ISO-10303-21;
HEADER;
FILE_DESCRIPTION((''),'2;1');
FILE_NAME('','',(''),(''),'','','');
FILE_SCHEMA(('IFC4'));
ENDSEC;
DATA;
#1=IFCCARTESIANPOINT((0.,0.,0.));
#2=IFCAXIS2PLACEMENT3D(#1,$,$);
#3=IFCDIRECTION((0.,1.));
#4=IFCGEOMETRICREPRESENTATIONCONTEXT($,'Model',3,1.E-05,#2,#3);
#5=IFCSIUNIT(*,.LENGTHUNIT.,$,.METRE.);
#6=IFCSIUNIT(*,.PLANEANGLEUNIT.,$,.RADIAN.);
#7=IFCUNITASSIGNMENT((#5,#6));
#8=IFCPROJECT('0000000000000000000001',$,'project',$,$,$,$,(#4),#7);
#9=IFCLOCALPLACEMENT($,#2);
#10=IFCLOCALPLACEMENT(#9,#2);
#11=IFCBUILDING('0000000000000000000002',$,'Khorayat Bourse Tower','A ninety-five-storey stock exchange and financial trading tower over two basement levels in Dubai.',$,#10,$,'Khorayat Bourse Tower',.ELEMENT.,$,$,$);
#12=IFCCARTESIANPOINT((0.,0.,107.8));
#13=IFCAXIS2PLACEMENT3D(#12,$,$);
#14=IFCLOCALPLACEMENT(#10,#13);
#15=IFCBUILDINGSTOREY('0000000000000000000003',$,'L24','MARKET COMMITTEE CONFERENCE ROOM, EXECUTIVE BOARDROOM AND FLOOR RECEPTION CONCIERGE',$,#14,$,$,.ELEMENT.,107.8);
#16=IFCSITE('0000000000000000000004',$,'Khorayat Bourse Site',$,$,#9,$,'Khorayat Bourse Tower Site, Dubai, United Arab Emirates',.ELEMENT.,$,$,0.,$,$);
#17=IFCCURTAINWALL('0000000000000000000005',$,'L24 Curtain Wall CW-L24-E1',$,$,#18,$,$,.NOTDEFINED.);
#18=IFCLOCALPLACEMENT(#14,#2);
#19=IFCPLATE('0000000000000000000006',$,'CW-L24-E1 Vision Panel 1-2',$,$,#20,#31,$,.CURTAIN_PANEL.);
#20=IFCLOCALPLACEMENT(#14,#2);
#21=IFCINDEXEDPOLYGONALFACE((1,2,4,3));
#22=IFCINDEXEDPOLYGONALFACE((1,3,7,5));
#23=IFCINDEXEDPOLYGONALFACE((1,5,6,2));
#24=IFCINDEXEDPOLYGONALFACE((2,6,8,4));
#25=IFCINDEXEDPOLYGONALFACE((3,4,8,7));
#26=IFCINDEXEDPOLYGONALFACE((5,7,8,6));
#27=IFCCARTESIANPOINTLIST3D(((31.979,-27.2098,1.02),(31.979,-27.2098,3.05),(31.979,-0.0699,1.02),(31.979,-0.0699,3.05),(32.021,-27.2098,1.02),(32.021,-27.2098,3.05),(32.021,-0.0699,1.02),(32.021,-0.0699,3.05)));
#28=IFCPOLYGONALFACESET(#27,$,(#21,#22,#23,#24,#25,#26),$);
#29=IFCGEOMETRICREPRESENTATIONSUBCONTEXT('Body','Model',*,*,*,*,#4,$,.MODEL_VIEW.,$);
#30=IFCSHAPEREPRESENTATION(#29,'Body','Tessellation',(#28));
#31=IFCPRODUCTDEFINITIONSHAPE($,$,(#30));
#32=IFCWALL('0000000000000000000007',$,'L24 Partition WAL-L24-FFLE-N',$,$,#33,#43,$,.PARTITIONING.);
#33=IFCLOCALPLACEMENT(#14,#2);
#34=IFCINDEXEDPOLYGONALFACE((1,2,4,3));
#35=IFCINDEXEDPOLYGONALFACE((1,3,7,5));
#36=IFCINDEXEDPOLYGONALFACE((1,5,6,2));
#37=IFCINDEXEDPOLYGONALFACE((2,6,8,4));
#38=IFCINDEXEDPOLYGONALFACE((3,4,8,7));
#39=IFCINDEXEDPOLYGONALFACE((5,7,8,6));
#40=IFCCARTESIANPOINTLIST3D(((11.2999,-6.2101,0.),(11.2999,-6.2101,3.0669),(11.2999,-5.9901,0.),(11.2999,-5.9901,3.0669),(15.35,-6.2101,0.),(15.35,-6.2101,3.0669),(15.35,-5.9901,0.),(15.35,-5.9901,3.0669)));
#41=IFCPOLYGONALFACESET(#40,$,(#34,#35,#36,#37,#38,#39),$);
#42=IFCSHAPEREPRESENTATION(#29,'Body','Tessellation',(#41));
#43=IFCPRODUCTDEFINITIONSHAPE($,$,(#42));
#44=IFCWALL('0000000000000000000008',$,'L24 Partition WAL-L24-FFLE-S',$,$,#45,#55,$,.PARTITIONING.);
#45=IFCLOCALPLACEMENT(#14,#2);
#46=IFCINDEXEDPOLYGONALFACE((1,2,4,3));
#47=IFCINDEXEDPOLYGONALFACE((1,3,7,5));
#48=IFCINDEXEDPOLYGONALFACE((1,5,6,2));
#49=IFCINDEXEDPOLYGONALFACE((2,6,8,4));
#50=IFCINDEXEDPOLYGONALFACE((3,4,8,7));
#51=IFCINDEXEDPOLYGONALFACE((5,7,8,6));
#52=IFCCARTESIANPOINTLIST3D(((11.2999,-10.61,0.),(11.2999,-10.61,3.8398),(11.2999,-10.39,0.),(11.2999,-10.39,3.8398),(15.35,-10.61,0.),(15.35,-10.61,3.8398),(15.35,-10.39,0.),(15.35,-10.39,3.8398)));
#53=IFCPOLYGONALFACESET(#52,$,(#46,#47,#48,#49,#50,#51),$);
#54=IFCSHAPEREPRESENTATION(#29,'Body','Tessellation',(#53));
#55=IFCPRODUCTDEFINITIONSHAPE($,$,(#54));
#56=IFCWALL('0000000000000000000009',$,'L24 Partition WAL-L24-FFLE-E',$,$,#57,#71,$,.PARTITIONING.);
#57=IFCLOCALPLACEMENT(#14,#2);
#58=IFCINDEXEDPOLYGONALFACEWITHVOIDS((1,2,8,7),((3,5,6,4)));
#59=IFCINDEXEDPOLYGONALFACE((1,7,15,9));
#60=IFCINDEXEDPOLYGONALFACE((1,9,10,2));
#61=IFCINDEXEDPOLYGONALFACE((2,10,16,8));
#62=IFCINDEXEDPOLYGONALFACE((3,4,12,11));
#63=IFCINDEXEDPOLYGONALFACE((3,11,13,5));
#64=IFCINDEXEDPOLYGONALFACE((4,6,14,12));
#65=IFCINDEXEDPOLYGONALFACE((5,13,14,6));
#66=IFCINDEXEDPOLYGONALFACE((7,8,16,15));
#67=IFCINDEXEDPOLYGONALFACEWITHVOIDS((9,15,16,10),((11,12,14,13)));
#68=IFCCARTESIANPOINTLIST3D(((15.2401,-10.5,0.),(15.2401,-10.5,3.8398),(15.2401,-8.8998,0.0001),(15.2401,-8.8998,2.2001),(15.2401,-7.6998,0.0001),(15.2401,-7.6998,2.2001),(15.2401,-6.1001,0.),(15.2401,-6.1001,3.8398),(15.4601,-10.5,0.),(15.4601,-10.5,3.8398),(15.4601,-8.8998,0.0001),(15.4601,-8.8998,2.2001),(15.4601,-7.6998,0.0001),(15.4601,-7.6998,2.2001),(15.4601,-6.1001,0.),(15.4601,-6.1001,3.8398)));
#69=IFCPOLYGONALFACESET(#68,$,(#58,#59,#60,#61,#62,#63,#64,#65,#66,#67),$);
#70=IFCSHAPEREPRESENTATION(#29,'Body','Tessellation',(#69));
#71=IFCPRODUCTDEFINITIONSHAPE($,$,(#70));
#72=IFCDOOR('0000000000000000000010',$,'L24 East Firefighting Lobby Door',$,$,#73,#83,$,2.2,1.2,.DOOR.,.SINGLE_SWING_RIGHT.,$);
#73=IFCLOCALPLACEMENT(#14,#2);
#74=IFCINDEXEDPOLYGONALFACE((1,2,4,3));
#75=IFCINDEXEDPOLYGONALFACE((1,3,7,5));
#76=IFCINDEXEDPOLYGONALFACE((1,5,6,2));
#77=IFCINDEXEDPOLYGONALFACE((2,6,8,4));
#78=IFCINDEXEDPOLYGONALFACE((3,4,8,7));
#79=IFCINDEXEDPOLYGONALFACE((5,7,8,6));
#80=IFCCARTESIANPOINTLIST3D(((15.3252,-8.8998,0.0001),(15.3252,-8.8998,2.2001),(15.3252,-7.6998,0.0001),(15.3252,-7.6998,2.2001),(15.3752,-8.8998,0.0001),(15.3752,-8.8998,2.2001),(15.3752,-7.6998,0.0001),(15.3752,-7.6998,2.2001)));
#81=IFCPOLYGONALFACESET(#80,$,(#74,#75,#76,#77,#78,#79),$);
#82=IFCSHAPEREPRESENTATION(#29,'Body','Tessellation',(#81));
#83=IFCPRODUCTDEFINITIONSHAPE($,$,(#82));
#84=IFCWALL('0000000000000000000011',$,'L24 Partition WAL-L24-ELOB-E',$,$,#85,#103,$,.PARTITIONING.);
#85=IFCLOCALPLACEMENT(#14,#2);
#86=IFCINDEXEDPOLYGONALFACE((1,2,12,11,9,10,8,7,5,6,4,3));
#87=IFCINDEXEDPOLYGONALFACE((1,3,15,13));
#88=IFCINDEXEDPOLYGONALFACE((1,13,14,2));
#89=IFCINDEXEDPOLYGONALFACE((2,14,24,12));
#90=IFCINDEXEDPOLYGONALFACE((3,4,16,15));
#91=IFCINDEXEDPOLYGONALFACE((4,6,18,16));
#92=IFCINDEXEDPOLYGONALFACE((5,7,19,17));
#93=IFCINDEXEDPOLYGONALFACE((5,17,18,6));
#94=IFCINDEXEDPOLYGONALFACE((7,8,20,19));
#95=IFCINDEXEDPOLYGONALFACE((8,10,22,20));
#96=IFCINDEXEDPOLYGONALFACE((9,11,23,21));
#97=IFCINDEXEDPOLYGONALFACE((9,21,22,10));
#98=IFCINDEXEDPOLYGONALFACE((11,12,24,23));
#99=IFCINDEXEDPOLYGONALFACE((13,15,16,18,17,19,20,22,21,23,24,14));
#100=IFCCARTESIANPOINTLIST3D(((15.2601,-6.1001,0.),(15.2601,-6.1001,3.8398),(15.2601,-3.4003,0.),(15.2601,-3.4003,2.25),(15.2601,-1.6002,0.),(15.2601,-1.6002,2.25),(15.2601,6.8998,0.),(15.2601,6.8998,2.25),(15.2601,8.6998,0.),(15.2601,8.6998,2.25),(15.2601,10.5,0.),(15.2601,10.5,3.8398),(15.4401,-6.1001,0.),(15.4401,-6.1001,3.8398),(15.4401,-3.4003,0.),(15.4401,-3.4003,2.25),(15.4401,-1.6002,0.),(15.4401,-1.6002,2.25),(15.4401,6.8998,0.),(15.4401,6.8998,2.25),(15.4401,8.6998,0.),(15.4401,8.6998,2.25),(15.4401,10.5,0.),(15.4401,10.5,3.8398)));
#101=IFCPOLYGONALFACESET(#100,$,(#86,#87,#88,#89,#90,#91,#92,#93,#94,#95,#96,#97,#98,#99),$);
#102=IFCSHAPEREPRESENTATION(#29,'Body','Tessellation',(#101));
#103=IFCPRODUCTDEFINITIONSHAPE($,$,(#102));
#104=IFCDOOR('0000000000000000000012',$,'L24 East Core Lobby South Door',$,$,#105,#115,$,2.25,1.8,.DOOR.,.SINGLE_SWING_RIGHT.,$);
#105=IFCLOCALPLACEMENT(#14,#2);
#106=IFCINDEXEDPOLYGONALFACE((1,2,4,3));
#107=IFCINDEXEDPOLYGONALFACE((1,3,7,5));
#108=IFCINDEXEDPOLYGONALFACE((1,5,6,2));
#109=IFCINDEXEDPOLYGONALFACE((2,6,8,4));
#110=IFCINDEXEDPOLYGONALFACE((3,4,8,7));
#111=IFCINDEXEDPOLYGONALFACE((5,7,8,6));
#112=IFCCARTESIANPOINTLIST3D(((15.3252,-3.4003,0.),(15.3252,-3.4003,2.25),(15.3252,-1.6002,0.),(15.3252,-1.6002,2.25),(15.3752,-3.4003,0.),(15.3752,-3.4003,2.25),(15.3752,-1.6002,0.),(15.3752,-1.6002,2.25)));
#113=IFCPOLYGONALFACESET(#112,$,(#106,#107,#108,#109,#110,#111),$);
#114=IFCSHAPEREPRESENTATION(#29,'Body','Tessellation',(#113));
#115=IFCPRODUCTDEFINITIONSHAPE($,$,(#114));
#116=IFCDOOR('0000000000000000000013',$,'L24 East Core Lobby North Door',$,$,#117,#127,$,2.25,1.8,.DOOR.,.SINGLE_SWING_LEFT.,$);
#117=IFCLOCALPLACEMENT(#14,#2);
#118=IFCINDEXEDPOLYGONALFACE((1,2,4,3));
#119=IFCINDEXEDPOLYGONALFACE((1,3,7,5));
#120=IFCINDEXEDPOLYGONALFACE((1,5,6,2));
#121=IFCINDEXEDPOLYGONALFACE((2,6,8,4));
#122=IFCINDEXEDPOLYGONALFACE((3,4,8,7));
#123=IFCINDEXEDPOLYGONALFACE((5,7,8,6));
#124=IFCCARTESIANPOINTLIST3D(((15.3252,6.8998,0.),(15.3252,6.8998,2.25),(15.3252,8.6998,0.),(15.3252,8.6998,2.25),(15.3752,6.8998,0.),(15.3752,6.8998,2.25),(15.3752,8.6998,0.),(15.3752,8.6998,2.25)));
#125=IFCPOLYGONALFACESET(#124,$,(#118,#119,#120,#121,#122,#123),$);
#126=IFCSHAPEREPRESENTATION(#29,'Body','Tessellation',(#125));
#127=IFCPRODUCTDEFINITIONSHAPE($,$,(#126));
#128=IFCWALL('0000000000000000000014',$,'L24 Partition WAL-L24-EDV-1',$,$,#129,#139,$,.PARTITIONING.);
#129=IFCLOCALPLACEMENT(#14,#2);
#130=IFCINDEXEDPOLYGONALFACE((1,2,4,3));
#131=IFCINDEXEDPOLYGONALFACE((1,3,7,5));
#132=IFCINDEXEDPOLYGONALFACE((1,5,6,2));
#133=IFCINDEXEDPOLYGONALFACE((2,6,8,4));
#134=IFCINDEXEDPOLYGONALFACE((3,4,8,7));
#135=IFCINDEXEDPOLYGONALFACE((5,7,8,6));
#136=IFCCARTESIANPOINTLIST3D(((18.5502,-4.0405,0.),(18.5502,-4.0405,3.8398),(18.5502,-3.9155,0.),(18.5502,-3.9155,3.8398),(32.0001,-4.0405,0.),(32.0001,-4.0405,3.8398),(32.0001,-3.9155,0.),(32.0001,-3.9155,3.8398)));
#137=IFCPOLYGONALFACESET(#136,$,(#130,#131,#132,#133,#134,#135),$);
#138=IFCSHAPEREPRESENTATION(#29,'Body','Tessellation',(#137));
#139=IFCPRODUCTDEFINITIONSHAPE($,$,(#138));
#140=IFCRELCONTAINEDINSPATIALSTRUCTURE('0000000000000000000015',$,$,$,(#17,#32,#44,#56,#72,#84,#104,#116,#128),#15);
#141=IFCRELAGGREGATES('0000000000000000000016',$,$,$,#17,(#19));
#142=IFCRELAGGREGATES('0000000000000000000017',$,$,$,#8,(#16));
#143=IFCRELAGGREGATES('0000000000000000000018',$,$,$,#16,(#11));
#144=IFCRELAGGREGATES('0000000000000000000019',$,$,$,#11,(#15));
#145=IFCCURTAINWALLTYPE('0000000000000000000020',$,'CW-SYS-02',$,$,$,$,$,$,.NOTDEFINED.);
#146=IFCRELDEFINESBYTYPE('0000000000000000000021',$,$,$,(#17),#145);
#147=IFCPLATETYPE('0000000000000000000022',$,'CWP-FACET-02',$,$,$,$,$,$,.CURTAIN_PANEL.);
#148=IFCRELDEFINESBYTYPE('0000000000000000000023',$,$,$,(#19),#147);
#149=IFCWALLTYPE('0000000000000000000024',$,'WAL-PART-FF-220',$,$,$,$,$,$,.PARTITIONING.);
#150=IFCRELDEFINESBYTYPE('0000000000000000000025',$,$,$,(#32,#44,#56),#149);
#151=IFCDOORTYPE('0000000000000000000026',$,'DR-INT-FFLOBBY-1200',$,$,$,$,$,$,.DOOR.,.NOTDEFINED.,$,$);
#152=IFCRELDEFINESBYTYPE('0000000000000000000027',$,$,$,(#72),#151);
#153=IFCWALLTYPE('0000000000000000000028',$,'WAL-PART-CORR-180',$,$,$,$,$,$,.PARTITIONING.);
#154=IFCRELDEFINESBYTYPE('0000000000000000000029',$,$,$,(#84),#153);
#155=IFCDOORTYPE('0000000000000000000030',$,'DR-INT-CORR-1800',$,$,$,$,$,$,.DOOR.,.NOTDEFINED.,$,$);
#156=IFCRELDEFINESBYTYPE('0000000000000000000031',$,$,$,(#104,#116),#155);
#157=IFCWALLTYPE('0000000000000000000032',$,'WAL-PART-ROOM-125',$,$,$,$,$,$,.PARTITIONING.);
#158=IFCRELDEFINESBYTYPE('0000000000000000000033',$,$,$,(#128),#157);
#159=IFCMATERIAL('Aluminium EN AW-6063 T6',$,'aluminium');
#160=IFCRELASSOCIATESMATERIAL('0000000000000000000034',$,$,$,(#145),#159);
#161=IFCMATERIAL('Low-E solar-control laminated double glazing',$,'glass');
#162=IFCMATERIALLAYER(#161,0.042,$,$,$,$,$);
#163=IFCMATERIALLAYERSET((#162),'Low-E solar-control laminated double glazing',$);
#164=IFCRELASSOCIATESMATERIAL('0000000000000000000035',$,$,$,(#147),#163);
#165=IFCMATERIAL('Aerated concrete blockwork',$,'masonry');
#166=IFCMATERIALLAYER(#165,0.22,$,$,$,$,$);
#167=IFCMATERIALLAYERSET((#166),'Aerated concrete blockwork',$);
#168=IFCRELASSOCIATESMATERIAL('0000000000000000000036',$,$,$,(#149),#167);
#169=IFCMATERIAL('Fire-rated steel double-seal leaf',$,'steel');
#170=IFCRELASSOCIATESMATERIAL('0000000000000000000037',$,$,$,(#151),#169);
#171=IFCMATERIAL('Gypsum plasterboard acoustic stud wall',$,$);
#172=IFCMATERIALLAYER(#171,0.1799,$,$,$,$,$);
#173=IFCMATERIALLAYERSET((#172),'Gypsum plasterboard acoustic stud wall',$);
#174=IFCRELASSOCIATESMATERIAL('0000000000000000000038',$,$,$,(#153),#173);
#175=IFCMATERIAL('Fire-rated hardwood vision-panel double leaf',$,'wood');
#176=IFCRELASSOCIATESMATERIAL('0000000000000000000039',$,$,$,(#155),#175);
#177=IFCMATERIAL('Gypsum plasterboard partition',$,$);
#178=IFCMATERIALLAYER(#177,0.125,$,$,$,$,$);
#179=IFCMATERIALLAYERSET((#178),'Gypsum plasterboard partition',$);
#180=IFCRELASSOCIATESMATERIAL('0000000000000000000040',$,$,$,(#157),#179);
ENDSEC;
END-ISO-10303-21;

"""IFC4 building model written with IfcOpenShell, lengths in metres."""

from ifc_helpers import new_model, si_unit, direction, frame, frame_2d, origin, origin_2d, place, context, subcontext, project, spatial, rectangle, extrude, source, transform, mapped, material, layer, layer_set, type_object, element, fill, aggregate, save


model = new_model("IFC4")

# Units and contexts
model_context = context("Model", 3, precision=1e-05, world=origin(), true_north=direction((0.0, 1.0)))
body_context = subcontext(model_context, "Body", "Model", "MODEL_VIEW")
ifc_project = project(units=[si_unit("LENGTHUNIT", "METRE"), si_unit("PLANEANGLEUNIT", "RADIAN")], contexts=[model_context])

# Site, building, storey
site_placement = place(None, origin())
site = spatial("IfcSite", under=ifc_project, at=site_placement, Name="Khorayat Bourse Site", LongName="Khorayat Bourse Tower Site, Dubai, United Arab Emirates", CompositionType="ELEMENT", RefElevation=0.0)
building_placement = place(site_placement, origin())
building = spatial("IfcBuilding", under=site, at=building_placement, Name="Khorayat Bourse Tower", Description="A ninety-five-storey stock exchange and financial trading tower over two basement levels in Dubai.", LongName="Khorayat Bourse Tower", CompositionType="ELEMENT")
storey_placement = place(building_placement, frame((0.0, 0.0, 107.8)))
storey = spatial("IfcBuildingStorey", under=building, at=storey_placement, Name="L24", Description="MARKET COMMITTEE CONFERENCE ROOM, EXECUTIVE BOARDROOM AND FLOOR RECEPTION CONCIERGE", CompositionType="ELEMENT", Elevation=107.8)

# Curtain wall
ifc_material_1 = material(Name="Aluminium EN AW-6063 T6", Category="aluminium")
curtain_wall_type = type_object("IfcCurtainWallType", Name="CW-SYS-02", PredefinedType="NOTDEFINED", material=ifc_material_1)
curtain_wall_placement = place(storey_placement, origin())
curtain_wall = element("IfcCurtainWall", 1, at=curtain_wall_placement, inside=storey, type_object=curtain_wall_type, Name="L24 Curtain Wall CW-L24-E1", PredefinedType="NOTDEFINED")

# Plate
ifc_material_2 = material(Name="Low-E solar-control laminated double glazing", Category="glass")
ifc_layer_1 = layer(ifc_material_2, 0.042)
ifc_layer_set_1 = layer_set([ifc_layer_1], Name="Low-E solar-control laminated double glazing")
plate_type_1 = type_object("IfcPlateType", Name="CWP-FACET-02", PredefinedType="CURTAIN_PANEL", material=ifc_layer_set_1)
shared_shape_1 = source(origin(), body_context, "Body", "SweptSolid", [
    extrude(rectangle(XDim=27.1399, YDim=0.042, at=origin_2d()), origin(), (0.0, 0.0, 1.0), 2.03),
])
plate_1_placement = place(storey_placement, frame((32.0, -13.6399, 1.02), z_axis=(0.0, 0.0, 1.0), x_axis=(0.0, 1.0, 0.0)))
plate_1 = element("IfcPlate", 2, at=plate_1_placement, type_object=plate_type_1, Name="CW-L24-E1 Vision Panel 1-2", PredefinedType="CURTAIN_PANEL", context=body_context, shape_type="MappedRepresentation", body=[
    mapped(shared_shape_1, transform((0.0, 0.0, 0.0), scale=1.0)),
])
aggregate(curtain_wall, [plate_1])

# Walls
ifc_material_3 = material(Name="Aerated concrete blockwork", Category="masonry")
ifc_layer_2 = layer(ifc_material_3, 0.22)
ifc_layer_set_2 = layer_set([ifc_layer_2], Name="Aerated concrete blockwork")
wall_type_1 = type_object("IfcWallType", Name="WAL-PART-FF-220", PredefinedType="PARTITIONING", material=ifc_layer_set_2)
shared_shape_2 = source(origin(), body_context, "Body", "SweptSolid", [
    extrude(rectangle(XDim=4.05, YDim=0.22, at=frame_2d((2.0249, 0.0))), origin(), (0.0, 0.0, 1.0), 3.0669),
])
wall_1_placement = place(storey_placement, frame((11.3, -6.1001, 0.0), z_axis=(0.0, 0.0, 1.0), x_axis=(1.0, 0.0, 0.0)))
element("IfcWall", 3, at=wall_1_placement, inside=storey, type_object=wall_type_1, Name="L24 Partition WAL-L24-FFLE-N", PredefinedType="PARTITIONING", context=body_context, shape_type="MappedRepresentation", body=[
    mapped(shared_shape_2, transform((0.0, 0.0, 0.0), scale=1.0)),
])
shared_shape_3 = source(origin(), body_context, "Body", "SweptSolid", [
    extrude(rectangle(XDim=4.05, YDim=0.22, at=frame_2d((2.0249, 0.0))), origin(), (0.0, 0.0, 1.0), 3.8398),
])
wall_2_placement = place(storey_placement, frame((11.3, -10.5, 0.0), z_axis=(0.0, 0.0, 1.0), x_axis=(1.0, 0.0, 0.0)))
element("IfcWall", 4, at=wall_2_placement, inside=storey, type_object=wall_type_1, Name="L24 Partition WAL-L24-FFLE-S", PredefinedType="PARTITIONING", context=body_context, shape_type="MappedRepresentation", body=[
    mapped(shared_shape_3, transform((0.0, 0.0, 0.0), scale=1.0)),
])

# Wall, opening, door
shared_shape_4 = source(origin(), body_context, "Body", "SweptSolid", [
    extrude(rectangle(XDim=4.3999, YDim=0.22, at=frame_2d((2.2, 0.0))), origin(), (0.0, 0.0, 1.0), 3.8398),
])
wall_3_placement = place(storey_placement, frame((15.3501, -10.5, 0.0), z_axis=(0.0, 0.0, 1.0), x_axis=(0.0, 1.0, 0.0)))
wall_3 = element("IfcWall", 5, at=wall_3_placement, inside=storey, type_object=wall_type_1, Name="L24 Partition WAL-L24-FFLE-E", PredefinedType="PARTITIONING", context=body_context, shape_type="MappedRepresentation", body=[
    mapped(shared_shape_4, transform((0.0, 0.0, 0.0), scale=1.0)),
])
shared_shape_5 = source(origin(), body_context, "Body", "SweptSolid", [
    extrude(rectangle(XDim=1.2, YDim=2.2, at=frame_2d((0.6001, 1.1001))), frame((0.0, 0.1199, 0.0), z_axis=(0.0, -1.0, 0.0), x_axis=(1.0, 0.0, 0.0)), (0.0, 0.0, 1.0), 0.24),
])
opening_1_placement = place(wall_3_placement, frame((1.6001, 0.0, 0.0)))
opening_1 = element("IfcOpeningElement", 6, at=opening_1_placement, cuts=wall_3, PredefinedType="OPENING", context=body_context, shape_type="MappedRepresentation", body=[
    mapped(shared_shape_5, transform((0.0, 0.0, 0.0), scale=1.0)),
])
ifc_material_4 = material(Name="Fire-rated steel double-seal leaf", Category="steel")
door_type_1 = type_object("IfcDoorType", Name="DR-INT-FFLOBBY-1200", OperationType="NOTDEFINED", PredefinedType="DOOR", material=ifc_material_4)
shared_shape_6 = source(origin(), body_context, "Body", "SweptSolid", [
    extrude(rectangle(XDim=1.2, YDim=2.2, at=frame_2d((0.6001, 1.1001))), frame((0.0, 0.0249, 0.0), z_axis=(0.0, -1.0, 0.0), x_axis=(1.0, 0.0, 0.0)), (0.0, 0.0, 1.0), 0.05),
])
door_1_placement = place(opening_1_placement, origin())
door_1 = element("IfcDoor", 7, at=door_1_placement, inside=storey, type_object=door_type_1, Name="L24 East Firefighting Lobby Door", OperationType="SINGLE_SWING_RIGHT", OverallHeight=2.2, OverallWidth=1.2, PredefinedType="DOOR", context=body_context, shape_type="MappedRepresentation", body=[
    mapped(shared_shape_6, transform((0.0, 0.0, 0.0), scale=1.0)),
])
fill(opening_1, door_1)

# Wall, openings, doors
ifc_material_5 = material(Name="Gypsum plasterboard acoustic stud wall")
ifc_layer_3 = layer(ifc_material_5, 0.1799)
ifc_layer_set_3 = layer_set([ifc_layer_3], Name="Gypsum plasterboard acoustic stud wall")
wall_type_2 = type_object("IfcWallType", Name="WAL-PART-CORR-180", PredefinedType="PARTITIONING", material=ifc_layer_set_3)
shared_shape_7 = source(origin(), body_context, "Body", "SweptSolid", [
    extrude(rectangle(XDim=16.6001, YDim=0.1799, at=frame_2d((8.3, 0.0))), origin(), (0.0, 0.0, 1.0), 3.8398),
])
wall_4_placement = place(storey_placement, frame((15.3501, -6.1001, 0.0), z_axis=(0.0, 0.0, 1.0), x_axis=(0.0, 1.0, 0.0)))
wall_4 = element("IfcWall", 8, at=wall_4_placement, inside=storey, type_object=wall_type_2, Name="L24 Partition WAL-L24-ELOB-E", PredefinedType="PARTITIONING", context=body_context, shape_type="MappedRepresentation", body=[
    mapped(shared_shape_7, transform((0.0, 0.0, 0.0), scale=1.0)),
])
shared_shape_8 = source(origin(), body_context, "Body", "SweptSolid", [
    extrude(rectangle(XDim=1.8, YDim=2.25, at=frame_2d((0.8999, 1.125))), frame((0.0, 0.0999, 0.0), z_axis=(0.0, -1.0, 0.0), x_axis=(1.0, 0.0, 0.0)), (0.0, 0.0, 1.0), 0.2),
])
opening_2_placement = place(wall_4_placement, frame((2.7, 0.0, 0.0)))
opening_2 = element("IfcOpeningElement", 9, at=opening_2_placement, cuts=wall_4, PredefinedType="OPENING", context=body_context, shape_type="MappedRepresentation", body=[
    mapped(shared_shape_8, transform((0.0, 0.0, 0.0), scale=1.0)),
])
opening_3_placement = place(wall_4_placement, frame((13.0, 0.0, 0.0)))
opening_3 = element("IfcOpeningElement", 10, at=opening_3_placement, cuts=wall_4, PredefinedType="OPENING", context=body_context, shape_type="MappedRepresentation", body=[
    mapped(shared_shape_8, transform((0.0, 0.0, 0.0), scale=1.0)),
])
ifc_material_6 = material(Name="Fire-rated hardwood vision-panel double leaf", Category="wood")
door_type_2 = type_object("IfcDoorType", Name="DR-INT-CORR-1800", OperationType="NOTDEFINED", PredefinedType="DOOR", material=ifc_material_6)
shared_shape_9 = source(origin(), body_context, "Body", "SweptSolid", [
    extrude(rectangle(XDim=1.8, YDim=2.25, at=frame_2d((0.8999, 1.125))), frame((0.0, 0.0249, 0.0), z_axis=(0.0, -1.0, 0.0), x_axis=(1.0, 0.0, 0.0)), (0.0, 0.0, 1.0), 0.05),
])
door_2_placement = place(opening_2_placement, origin())
door_2 = element("IfcDoor", 11, at=door_2_placement, inside=storey, type_object=door_type_2, Name="L24 East Core Lobby South Door", OperationType="SINGLE_SWING_RIGHT", OverallHeight=2.25, OverallWidth=1.8, PredefinedType="DOOR", context=body_context, shape_type="MappedRepresentation", body=[
    mapped(shared_shape_9, transform((0.0, 0.0, 0.0), scale=1.0)),
])
fill(opening_2, door_2)
door_3_placement = place(opening_3_placement, origin())
door_3 = element("IfcDoor", 12, at=door_3_placement, inside=storey, type_object=door_type_2, Name="L24 East Core Lobby North Door", OperationType="SINGLE_SWING_LEFT", OverallHeight=2.25, OverallWidth=1.8, PredefinedType="DOOR", context=body_context, shape_type="MappedRepresentation", body=[
    mapped(shared_shape_9, transform((0.0, 0.0, 0.0), scale=1.0)),
])
fill(opening_3, door_3)

# Wall
ifc_material_7 = material(Name="Gypsum plasterboard partition")
ifc_layer_4 = layer(ifc_material_7, 0.125)
ifc_layer_set_4 = layer_set([ifc_layer_4], Name="Gypsum plasterboard partition")
wall_type_3 = type_object("IfcWallType", Name="WAL-PART-ROOM-125", PredefinedType="PARTITIONING", material=ifc_layer_set_4)
shared_shape_10 = source(origin(), body_context, "Body", "SweptSolid", [
    extrude(rectangle(XDim=13.45, YDim=0.125, at=frame_2d((6.7251, 0.0))), origin(), (0.0, 0.0, 1.0), 3.8398),
])
wall_5_placement = place(storey_placement, frame((18.55, -3.978, 0.0), z_axis=(0.0, 0.0, 1.0), x_axis=(1.0, 0.0, 0.0)))
element("IfcWall", 13, at=wall_5_placement, inside=storey, type_object=wall_type_3, Name="L24 Partition WAL-L24-EDV-1", PredefinedType="PARTITIONING", context=body_context, shape_type="MappedRepresentation", body=[
    mapped(shared_shape_10, transform((0.0, 0.0, 0.0), scale=1.0)),
])

save(model, "model.ifc")
